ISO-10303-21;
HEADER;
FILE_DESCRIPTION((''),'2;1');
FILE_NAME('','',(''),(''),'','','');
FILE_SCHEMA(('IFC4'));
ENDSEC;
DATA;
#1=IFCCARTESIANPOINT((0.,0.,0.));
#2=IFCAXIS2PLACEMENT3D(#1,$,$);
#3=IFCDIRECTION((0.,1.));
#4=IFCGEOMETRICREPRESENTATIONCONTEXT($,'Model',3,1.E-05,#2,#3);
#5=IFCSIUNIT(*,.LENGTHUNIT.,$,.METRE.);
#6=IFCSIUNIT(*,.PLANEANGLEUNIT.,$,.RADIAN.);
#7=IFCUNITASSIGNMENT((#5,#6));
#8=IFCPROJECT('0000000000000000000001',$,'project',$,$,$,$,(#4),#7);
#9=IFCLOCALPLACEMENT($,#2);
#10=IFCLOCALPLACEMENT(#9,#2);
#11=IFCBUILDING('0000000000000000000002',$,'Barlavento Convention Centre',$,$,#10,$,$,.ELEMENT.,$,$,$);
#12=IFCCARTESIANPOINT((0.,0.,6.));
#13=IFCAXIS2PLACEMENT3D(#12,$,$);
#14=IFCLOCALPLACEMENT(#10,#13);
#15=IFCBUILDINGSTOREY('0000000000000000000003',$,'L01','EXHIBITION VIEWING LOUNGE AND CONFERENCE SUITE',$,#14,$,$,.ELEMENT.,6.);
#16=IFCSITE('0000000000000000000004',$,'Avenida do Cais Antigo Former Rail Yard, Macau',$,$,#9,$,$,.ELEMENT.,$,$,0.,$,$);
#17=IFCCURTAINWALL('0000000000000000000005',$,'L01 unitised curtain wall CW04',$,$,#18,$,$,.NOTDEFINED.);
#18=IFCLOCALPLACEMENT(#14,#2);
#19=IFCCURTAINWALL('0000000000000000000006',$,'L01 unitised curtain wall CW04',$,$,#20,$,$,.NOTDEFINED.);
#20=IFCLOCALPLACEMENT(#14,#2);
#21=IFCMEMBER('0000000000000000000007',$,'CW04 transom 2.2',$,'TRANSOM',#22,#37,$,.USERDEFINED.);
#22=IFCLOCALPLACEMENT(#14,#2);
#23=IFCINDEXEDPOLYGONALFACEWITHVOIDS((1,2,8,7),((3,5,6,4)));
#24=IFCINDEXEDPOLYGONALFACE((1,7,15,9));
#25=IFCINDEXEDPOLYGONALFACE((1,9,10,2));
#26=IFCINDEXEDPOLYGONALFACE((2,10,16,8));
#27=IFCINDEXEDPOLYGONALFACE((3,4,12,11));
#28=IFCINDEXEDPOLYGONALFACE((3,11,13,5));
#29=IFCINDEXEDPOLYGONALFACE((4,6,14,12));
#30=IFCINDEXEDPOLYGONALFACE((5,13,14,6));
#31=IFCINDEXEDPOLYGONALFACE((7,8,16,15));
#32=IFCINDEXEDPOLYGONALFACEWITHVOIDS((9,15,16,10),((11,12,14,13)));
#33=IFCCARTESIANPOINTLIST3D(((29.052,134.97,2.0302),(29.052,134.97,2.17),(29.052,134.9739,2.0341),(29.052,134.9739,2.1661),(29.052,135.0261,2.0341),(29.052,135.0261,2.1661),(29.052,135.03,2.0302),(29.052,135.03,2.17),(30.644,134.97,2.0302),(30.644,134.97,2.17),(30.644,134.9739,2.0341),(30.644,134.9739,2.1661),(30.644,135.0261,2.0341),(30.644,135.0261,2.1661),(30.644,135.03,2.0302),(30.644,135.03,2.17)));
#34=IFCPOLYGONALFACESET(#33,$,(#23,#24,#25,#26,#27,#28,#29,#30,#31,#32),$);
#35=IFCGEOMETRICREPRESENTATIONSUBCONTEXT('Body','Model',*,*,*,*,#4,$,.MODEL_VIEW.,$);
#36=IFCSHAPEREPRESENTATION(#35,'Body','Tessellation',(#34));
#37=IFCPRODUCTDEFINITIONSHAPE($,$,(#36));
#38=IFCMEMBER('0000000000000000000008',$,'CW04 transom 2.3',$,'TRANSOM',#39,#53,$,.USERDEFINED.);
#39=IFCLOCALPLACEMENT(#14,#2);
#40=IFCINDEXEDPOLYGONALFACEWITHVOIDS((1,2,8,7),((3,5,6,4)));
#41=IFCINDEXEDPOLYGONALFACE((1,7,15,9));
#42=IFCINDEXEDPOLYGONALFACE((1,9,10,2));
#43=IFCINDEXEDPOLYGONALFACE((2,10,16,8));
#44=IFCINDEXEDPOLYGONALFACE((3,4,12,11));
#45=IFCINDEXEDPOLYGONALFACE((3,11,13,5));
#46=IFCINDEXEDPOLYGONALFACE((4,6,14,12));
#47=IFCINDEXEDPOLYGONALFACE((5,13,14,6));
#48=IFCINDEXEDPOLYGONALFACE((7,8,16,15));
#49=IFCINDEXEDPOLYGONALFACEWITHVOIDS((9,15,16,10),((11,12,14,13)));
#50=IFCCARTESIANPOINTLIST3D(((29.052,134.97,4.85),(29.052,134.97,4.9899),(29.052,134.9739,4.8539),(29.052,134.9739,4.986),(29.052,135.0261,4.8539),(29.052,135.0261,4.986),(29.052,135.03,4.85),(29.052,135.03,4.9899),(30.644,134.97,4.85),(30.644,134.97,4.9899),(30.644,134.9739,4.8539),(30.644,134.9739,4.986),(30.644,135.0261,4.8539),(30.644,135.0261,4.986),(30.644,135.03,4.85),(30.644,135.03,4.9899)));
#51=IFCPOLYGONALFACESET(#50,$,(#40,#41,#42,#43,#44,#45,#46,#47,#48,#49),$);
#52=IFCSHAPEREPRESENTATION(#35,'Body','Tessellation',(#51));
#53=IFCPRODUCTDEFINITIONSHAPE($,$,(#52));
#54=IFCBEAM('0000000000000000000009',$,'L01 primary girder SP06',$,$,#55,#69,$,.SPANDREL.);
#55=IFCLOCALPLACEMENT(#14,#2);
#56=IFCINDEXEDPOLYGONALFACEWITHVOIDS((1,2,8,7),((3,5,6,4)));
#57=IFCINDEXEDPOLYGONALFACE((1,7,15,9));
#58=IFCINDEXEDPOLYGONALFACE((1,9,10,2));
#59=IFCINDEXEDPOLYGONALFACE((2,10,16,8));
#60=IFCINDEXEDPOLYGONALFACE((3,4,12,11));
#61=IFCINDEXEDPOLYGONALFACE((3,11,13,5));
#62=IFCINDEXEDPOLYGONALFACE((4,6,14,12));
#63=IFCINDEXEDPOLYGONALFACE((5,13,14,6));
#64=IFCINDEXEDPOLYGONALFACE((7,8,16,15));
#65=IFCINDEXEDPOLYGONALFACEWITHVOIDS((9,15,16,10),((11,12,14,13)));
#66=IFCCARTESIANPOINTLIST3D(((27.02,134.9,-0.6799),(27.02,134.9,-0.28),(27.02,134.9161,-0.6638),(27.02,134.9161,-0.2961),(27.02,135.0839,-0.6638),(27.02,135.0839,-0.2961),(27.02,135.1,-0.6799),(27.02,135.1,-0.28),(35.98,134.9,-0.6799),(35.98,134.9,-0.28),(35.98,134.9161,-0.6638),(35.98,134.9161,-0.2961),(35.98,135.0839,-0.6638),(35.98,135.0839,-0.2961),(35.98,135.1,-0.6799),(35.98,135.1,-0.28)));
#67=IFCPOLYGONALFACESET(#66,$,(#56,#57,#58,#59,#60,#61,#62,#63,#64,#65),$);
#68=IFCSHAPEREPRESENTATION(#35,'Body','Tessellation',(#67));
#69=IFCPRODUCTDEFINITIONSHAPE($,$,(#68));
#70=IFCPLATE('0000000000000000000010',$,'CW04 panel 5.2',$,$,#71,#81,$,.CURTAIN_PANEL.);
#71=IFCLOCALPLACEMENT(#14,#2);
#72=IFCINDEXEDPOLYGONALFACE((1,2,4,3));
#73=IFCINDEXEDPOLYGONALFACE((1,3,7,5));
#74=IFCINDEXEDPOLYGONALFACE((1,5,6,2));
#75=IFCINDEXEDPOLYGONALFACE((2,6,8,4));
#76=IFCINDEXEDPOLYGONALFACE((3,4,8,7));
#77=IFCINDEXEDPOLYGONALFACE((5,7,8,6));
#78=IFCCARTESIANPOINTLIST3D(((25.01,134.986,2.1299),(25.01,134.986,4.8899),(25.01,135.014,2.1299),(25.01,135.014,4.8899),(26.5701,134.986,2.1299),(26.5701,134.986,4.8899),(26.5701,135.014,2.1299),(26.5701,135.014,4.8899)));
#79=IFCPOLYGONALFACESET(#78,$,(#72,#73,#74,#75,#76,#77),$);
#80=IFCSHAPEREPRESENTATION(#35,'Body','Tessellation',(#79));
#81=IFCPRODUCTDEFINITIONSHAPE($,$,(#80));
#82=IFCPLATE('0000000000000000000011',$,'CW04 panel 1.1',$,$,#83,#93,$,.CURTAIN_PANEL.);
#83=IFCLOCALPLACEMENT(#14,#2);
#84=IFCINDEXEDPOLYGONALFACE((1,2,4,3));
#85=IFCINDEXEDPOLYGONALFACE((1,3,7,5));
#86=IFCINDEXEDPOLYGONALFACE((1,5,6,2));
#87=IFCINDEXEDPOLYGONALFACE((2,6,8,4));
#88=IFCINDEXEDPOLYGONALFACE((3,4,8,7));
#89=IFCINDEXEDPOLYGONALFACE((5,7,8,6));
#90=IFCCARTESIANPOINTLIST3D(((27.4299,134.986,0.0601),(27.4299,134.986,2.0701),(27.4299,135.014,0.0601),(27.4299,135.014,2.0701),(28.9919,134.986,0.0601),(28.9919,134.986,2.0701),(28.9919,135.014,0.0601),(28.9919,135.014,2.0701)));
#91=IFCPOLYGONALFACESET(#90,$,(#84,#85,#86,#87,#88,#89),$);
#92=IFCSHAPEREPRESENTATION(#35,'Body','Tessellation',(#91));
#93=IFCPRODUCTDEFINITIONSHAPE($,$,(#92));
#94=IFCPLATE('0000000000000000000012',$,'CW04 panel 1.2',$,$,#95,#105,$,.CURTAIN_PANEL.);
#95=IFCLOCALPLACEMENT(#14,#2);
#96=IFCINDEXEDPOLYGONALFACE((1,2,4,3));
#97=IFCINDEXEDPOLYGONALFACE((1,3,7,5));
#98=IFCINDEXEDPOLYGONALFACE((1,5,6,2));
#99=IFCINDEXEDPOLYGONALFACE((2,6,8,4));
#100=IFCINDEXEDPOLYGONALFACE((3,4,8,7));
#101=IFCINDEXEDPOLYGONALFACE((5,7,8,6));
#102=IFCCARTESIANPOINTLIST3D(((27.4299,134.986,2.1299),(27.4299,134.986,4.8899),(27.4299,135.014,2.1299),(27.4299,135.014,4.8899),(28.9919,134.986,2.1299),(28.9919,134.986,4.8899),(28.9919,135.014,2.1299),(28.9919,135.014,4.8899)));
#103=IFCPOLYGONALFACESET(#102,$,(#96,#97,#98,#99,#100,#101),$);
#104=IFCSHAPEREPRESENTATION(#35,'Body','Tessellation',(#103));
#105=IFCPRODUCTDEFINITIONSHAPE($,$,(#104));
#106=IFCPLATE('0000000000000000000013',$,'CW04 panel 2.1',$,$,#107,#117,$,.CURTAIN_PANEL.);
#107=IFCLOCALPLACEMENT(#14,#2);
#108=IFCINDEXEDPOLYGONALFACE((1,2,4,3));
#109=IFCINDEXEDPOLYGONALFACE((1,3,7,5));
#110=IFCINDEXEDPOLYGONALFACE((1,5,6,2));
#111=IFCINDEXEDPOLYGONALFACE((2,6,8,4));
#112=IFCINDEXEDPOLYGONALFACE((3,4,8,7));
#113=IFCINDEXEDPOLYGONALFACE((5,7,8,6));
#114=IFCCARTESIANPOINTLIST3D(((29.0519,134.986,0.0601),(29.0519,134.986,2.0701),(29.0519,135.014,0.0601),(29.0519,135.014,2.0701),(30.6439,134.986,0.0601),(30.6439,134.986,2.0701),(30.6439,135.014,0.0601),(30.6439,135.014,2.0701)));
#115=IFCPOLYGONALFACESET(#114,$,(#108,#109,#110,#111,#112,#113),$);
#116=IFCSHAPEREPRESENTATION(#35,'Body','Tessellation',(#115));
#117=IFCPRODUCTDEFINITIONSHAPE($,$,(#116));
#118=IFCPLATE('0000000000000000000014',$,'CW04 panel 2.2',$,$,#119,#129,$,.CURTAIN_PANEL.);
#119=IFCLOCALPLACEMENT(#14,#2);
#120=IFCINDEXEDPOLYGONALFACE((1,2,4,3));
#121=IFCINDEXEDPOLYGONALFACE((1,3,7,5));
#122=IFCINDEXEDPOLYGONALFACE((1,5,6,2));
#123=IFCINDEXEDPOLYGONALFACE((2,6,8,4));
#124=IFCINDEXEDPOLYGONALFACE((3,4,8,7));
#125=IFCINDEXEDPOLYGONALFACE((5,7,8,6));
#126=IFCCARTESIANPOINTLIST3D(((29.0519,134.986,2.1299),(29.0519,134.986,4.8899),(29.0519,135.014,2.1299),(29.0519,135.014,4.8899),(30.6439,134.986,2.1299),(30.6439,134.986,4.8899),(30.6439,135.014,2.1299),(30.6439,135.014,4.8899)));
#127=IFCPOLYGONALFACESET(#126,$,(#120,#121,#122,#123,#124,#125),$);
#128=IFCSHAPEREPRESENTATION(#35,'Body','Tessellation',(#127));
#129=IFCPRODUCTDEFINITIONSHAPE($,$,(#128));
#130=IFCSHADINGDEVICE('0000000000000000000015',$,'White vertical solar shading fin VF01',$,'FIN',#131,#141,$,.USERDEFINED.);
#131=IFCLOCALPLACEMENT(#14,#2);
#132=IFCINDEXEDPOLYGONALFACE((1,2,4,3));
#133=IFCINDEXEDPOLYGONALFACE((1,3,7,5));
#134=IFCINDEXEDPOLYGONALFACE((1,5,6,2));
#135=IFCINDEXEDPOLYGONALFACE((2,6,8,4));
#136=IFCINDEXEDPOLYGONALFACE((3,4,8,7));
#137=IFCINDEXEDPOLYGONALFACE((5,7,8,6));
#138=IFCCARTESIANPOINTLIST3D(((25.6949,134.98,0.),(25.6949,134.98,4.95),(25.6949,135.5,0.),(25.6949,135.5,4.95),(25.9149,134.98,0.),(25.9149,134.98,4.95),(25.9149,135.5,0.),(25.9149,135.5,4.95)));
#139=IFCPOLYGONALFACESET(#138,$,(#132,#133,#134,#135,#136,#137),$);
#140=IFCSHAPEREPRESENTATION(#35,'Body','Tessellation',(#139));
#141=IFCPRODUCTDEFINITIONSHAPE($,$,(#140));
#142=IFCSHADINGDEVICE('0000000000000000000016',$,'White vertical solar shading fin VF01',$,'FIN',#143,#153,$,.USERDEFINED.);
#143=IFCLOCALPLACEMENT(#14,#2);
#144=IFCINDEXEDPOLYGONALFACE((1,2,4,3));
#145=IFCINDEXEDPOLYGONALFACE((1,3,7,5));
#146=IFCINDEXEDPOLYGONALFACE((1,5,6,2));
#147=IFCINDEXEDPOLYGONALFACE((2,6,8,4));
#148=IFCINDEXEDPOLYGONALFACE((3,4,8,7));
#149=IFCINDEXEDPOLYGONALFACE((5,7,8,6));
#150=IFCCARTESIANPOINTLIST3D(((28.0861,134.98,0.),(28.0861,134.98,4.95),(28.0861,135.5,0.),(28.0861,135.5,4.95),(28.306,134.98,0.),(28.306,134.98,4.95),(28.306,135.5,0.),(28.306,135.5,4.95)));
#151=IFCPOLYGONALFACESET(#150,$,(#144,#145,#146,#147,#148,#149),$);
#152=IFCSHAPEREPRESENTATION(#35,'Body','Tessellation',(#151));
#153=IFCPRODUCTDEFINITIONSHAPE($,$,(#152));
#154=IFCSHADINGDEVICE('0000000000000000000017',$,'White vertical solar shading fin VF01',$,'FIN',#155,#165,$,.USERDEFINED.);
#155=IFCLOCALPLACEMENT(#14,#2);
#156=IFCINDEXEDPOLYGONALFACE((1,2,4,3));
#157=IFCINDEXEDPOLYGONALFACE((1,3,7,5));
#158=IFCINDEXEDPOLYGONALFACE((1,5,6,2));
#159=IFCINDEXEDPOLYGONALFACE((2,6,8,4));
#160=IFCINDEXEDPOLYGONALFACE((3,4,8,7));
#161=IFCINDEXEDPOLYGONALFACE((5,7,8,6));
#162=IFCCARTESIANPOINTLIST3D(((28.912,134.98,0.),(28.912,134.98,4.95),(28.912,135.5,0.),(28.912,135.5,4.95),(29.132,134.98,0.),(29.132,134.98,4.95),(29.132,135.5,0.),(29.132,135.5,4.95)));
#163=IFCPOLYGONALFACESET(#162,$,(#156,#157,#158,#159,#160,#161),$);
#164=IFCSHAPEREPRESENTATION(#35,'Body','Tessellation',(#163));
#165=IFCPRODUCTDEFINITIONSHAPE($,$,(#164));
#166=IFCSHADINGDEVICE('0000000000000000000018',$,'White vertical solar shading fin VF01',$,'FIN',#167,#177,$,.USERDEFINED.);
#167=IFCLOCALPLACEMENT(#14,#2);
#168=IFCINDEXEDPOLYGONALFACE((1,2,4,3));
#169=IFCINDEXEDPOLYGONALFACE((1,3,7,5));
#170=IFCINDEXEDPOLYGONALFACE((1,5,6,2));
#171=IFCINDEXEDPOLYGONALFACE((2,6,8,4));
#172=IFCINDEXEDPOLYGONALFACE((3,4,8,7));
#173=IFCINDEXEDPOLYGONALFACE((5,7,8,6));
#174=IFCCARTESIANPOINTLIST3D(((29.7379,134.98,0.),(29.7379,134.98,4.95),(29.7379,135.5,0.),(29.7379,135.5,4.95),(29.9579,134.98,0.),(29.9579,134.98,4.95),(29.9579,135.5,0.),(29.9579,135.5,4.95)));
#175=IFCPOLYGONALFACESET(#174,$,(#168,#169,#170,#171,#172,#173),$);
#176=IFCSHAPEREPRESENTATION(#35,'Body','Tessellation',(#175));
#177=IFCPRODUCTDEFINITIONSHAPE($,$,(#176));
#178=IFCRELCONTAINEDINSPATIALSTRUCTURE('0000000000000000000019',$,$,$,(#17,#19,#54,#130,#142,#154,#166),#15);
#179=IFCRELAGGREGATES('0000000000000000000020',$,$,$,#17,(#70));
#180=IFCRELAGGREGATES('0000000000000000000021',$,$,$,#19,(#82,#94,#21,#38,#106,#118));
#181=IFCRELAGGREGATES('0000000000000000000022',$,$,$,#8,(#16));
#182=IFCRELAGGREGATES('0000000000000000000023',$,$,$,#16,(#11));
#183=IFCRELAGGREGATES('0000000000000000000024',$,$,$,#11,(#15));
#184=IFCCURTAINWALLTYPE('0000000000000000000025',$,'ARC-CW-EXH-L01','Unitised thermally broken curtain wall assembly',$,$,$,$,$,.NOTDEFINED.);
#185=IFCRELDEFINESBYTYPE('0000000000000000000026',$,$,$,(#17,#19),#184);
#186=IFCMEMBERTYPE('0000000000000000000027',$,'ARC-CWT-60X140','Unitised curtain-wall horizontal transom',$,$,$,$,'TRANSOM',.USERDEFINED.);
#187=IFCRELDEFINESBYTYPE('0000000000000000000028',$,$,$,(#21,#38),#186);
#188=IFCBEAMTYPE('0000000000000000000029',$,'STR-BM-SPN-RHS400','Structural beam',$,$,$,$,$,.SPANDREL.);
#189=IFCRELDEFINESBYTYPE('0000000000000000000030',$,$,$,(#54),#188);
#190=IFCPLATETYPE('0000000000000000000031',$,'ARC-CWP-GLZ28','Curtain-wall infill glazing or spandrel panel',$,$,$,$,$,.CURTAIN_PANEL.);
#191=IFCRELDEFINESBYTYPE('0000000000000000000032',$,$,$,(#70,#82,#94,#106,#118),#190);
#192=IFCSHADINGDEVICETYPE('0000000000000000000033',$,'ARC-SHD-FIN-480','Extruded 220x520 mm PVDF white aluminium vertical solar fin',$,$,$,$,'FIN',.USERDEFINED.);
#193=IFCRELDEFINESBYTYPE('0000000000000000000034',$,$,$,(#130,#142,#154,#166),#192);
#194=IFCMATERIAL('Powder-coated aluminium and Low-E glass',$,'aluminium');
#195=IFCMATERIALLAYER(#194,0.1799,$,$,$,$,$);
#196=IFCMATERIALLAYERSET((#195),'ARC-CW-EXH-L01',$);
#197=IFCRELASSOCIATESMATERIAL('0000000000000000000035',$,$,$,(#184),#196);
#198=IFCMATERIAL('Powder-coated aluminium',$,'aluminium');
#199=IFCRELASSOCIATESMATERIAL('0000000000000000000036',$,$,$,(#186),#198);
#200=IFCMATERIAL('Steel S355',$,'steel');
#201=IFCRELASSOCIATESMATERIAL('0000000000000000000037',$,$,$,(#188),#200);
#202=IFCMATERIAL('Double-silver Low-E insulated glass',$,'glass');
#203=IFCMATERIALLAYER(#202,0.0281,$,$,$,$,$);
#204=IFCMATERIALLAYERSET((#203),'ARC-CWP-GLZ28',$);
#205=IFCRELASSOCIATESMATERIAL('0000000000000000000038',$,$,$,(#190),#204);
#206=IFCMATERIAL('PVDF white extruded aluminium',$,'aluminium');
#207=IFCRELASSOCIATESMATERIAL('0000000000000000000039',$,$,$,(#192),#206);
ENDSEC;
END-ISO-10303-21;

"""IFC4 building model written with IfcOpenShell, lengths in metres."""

from ifc_helpers import new_model, si_unit, direction, frame, origin, origin_2d, place, context, subcontext, project, spatial, rectangle, hollow_rectangle, extrude, material, layer, layer_set, material_profile, profile_set, type_object, element, aggregate, save


model = new_model("IFC4")

# Units and contexts
model_context = context("Model", 3, precision=1e-05, world=origin(), true_north=direction((0.0, 1.0)))
body_context = subcontext(model_context, "Body", "Model", "MODEL_VIEW")
ifc_project = project(units=[si_unit("LENGTHUNIT", "METRE"), si_unit("PLANEANGLEUNIT", "RADIAN")], contexts=[model_context])

# Site, building, storey
site_placement = place(None, origin())
site = spatial("IfcSite", under=ifc_project, at=site_placement, Name="Avenida do Cais Antigo Former Rail Yard, Macau", CompositionType="ELEMENT", RefElevation=0.0)
building_placement = place(site_placement, origin())
building = spatial("IfcBuilding", under=site, at=building_placement, Name="Barlavento Convention Centre", CompositionType="ELEMENT")
storey_placement = place(building_placement, frame((0.0, 0.0, 6.0)))
storey = spatial("IfcBuildingStorey", under=building, at=storey_placement, Name="L01", Description="EXHIBITION VIEWING LOUNGE AND CONFERENCE SUITE", CompositionType="ELEMENT", Elevation=6.0)

# Shared definitions
ifc_material_1 = material(Name="Steel S355", Category="steel")

# Curtain wall
ifc_material_2 = material(Name="Powder-coated aluminium and Low-E glass", Category="aluminium")
ifc_layer_1 = layer(ifc_material_2, 0.1799)
ifc_layer_set_1 = layer_set([ifc_layer_1], Name="ARC-CW-EXH-L01")
curtain_wall_type = type_object("IfcCurtainWallType", Name="ARC-CW-EXH-L01", Description="Unitised thermally broken curtain wall assembly", PredefinedType="NOTDEFINED", material=ifc_layer_set_1)
curtain_wall_1_placement = place(storey_placement, origin())
curtain_wall_1 = element("IfcCurtainWall", 1, at=curtain_wall_1_placement, inside=storey, type_object=curtain_wall_type, Name="L01 unitised curtain wall CW04", PredefinedType="NOTDEFINED")
ifc_material_3 = material(Name="Powder-coated aluminium", Category="aluminium")

# Curtain wall, members
curtain_wall_2_placement = place(storey_placement, origin())
curtain_wall_2 = element("IfcCurtainWall", 2, at=curtain_wall_2_placement, inside=storey, type_object=curtain_wall_type, Name="L01 unitised curtain wall CW04", PredefinedType="NOTDEFINED")
ifc_material_profile_1 = material_profile(ifc_material_3, hollow_rectangle(XDim=0.0601, YDim=0.1399, WallThickness=0.0039, at=origin_2d()), Name="AL-TRAN 60x140x4")
ifc_profile_set_1 = profile_set([ifc_material_profile_1], Name="Powder-coated aluminium")
member_type_1 = type_object("IfcMemberType", Name="ARC-CWT-60X140", Description="Unitised curtain-wall horizontal transom", ElementType="TRANSOM", PredefinedType="USERDEFINED", material=ifc_profile_set_1)
member_1_placement = place(storey_placement, frame((29.052, 135.0, 2.1001), z_axis=(1.0, 0.0, 0.0), x_axis=(0.0, 1.0, 0.0)))
member_1 = element("IfcMember", 3, at=member_1_placement, type_object=member_type_1, Name="CW04 transom 2.2", ObjectType="TRANSOM", PredefinedType="USERDEFINED", context=body_context, shape_type="SweptSolid", body=[
    extrude(hollow_rectangle(XDim=0.0601, YDim=0.1399, WallThickness=0.0039, at=origin_2d()), origin(), (0.0, 0.0, 1.0), 1.592),
])
member_2_placement = place(storey_placement, frame((29.052, 135.0, 4.9199), z_axis=(1.0, 0.0, 0.0), x_axis=(0.0, 1.0, 0.0)))
member_2 = element("IfcMember", 4, at=member_2_placement, type_object=member_type_1, Name="CW04 transom 2.3", ObjectType="TRANSOM", PredefinedType="USERDEFINED", context=body_context, shape_type="SweptSolid", body=[
    extrude(hollow_rectangle(XDim=0.0601, YDim=0.1399, WallThickness=0.0039, at=origin_2d()), origin(), (0.0, 0.0, 1.0), 1.592),
])

# Beam
ifc_material_profile_2 = material_profile(ifc_material_1, hollow_rectangle(XDim=0.2, YDim=0.3999, WallThickness=0.0161, at=origin_2d()), Name="RHS 400x200x16.0")
ifc_profile_set_2 = profile_set([ifc_material_profile_2], Name="Steel S355")
beam_type = type_object("IfcBeamType", Name="STR-BM-SPN-RHS400", Description="Structural beam", PredefinedType="SPANDREL", material=ifc_profile_set_2)
beam_placement = place(storey_placement, frame((27.02, 135.0, -0.48), z_axis=(1.0, 0.0, 0.0), x_axis=(0.0, 1.0, 0.0)))
element("IfcBeam", 5, at=beam_placement, inside=storey, type_object=beam_type, Name="L01 primary girder SP06", PredefinedType="SPANDREL", context=body_context, shape_type="SweptSolid", body=[
    extrude(hollow_rectangle(XDim=0.2, YDim=0.3999, WallThickness=0.0161, at=origin_2d()), origin(), (0.0, 0.0, 1.0), 8.96),
])

# Plates
ifc_material_4 = material(Name="Double-silver Low-E insulated glass", Category="glass")
ifc_layer_2 = layer(ifc_material_4, 0.0281)
ifc_layer_set_2 = layer_set([ifc_layer_2], Name="ARC-CWP-GLZ28")
plate_type = type_object("IfcPlateType", Name="ARC-CWP-GLZ28", Description="Curtain-wall infill glazing or spandrel panel", PredefinedType="CURTAIN_PANEL", material=ifc_layer_set_2)
plate_1_placement = place(storey_placement, frame((25.79, 135.0, 2.1299), z_axis=(0.0, 0.0, 1.0), x_axis=(1.0, 0.0, 0.0)))
plate_1 = element("IfcPlate", 6, at=plate_1_placement, type_object=plate_type, Name="CW04 panel 5.2", PredefinedType="CURTAIN_PANEL", context=body_context, shape_type="SweptSolid", body=[
    extrude(rectangle(XDim=1.5601, YDim=0.0281, at=origin_2d()), origin(), (0.0, 0.0, 1.0), 2.76),
])
aggregate(curtain_wall_1, [plate_1])
plate_2_placement = place(storey_placement, frame((28.2109, 135.0, 0.0601), z_axis=(0.0, 0.0, 1.0), x_axis=(1.0, 0.0, 0.0)))
plate_2 = element("IfcPlate", 7, at=plate_2_placement, type_object=plate_type, Name="CW04 panel 1.1", PredefinedType="CURTAIN_PANEL", context=body_context, shape_type="SweptSolid", body=[
    extrude(rectangle(XDim=1.562, YDim=0.0281, at=origin_2d()), origin(), (0.0, 0.0, 1.0), 2.01),
])
plate_3_placement = place(storey_placement, frame((28.2109, 135.0, 2.1299), z_axis=(0.0, 0.0, 1.0), x_axis=(1.0, 0.0, 0.0)))
plate_3 = element("IfcPlate", 8, at=plate_3_placement, type_object=plate_type, Name="CW04 panel 1.2", PredefinedType="CURTAIN_PANEL", context=body_context, shape_type="SweptSolid", body=[
    extrude(rectangle(XDim=1.562, YDim=0.0281, at=origin_2d()), origin(), (0.0, 0.0, 1.0), 2.76),
])
plate_4_placement = place(storey_placement, frame((29.8479, 135.0, 0.0601), z_axis=(0.0, 0.0, 1.0), x_axis=(1.0, 0.0, 0.0)))
plate_4 = element("IfcPlate", 9, at=plate_4_placement, type_object=plate_type, Name="CW04 panel 2.1", PredefinedType="CURTAIN_PANEL", context=body_context, shape_type="SweptSolid", body=[
    extrude(rectangle(XDim=1.592, YDim=0.0281, at=origin_2d()), origin(), (0.0, 0.0, 1.0), 2.01),
])
plate_5_placement = place(storey_placement, frame((29.8479, 135.0, 2.1299), z_axis=(0.0, 0.0, 1.0), x_axis=(1.0, 0.0, 0.0)))
plate_5 = element("IfcPlate", 10, at=plate_5_placement, type_object=plate_type, Name="CW04 panel 2.2", PredefinedType="CURTAIN_PANEL", context=body_context, shape_type="SweptSolid", body=[
    extrude(rectangle(XDim=1.592, YDim=0.0281, at=origin_2d()), origin(), (0.0, 0.0, 1.0), 2.76),
])
aggregate(curtain_wall_2, [plate_2, plate_3, member_1, member_2, plate_4, plate_5])

# Shading devices
ifc_material_5 = material(Name="PVDF white extruded aluminium", Category="aluminium")
shading_device_type = type_object("IfcShadingDeviceType", Name="ARC-SHD-FIN-480", Description="Extruded 220x520 mm PVDF white aluminium vertical solar fin", ElementType="FIN", PredefinedType="USERDEFINED", material=ifc_material_5)
for number, where, z_axis, x_axis, name in (
    (11, (25.8049, 135.24, 0.0), (0.0, 0.0, 1.0), (1.0, 0.0, 0.0), "White vertical solar shading fin VF01"),
    (12, (28.196, 135.24, 0.0), (0.0, 0.0, 1.0), (1.0, 0.0, 0.0), "White vertical solar shading fin VF01"),
    (13, (29.022, 135.24, 0.0), (0.0, 0.0, 1.0), (1.0, 0.0, 0.0), "White vertical solar shading fin VF01"),
    (14, (29.8479, 135.24, 0.0), (0.0, 0.0, 1.0), (1.0, 0.0, 0.0), "White vertical solar shading fin VF01"),
):
    element("IfcShadingDevice", number, at=place(storey_placement, frame(where, z_axis=z_axis, x_axis=x_axis)), inside=storey, type_object=shading_device_type, Name=name, ObjectType="FIN", PredefinedType="USERDEFINED", context=body_context, shape_type="SweptSolid", body=[
        extrude(rectangle(XDim=0.22, YDim=0.52, at=origin_2d()), origin(), (0.0, 0.0, 1.0), 4.95),
    ])

save(model, "model.ifc")
